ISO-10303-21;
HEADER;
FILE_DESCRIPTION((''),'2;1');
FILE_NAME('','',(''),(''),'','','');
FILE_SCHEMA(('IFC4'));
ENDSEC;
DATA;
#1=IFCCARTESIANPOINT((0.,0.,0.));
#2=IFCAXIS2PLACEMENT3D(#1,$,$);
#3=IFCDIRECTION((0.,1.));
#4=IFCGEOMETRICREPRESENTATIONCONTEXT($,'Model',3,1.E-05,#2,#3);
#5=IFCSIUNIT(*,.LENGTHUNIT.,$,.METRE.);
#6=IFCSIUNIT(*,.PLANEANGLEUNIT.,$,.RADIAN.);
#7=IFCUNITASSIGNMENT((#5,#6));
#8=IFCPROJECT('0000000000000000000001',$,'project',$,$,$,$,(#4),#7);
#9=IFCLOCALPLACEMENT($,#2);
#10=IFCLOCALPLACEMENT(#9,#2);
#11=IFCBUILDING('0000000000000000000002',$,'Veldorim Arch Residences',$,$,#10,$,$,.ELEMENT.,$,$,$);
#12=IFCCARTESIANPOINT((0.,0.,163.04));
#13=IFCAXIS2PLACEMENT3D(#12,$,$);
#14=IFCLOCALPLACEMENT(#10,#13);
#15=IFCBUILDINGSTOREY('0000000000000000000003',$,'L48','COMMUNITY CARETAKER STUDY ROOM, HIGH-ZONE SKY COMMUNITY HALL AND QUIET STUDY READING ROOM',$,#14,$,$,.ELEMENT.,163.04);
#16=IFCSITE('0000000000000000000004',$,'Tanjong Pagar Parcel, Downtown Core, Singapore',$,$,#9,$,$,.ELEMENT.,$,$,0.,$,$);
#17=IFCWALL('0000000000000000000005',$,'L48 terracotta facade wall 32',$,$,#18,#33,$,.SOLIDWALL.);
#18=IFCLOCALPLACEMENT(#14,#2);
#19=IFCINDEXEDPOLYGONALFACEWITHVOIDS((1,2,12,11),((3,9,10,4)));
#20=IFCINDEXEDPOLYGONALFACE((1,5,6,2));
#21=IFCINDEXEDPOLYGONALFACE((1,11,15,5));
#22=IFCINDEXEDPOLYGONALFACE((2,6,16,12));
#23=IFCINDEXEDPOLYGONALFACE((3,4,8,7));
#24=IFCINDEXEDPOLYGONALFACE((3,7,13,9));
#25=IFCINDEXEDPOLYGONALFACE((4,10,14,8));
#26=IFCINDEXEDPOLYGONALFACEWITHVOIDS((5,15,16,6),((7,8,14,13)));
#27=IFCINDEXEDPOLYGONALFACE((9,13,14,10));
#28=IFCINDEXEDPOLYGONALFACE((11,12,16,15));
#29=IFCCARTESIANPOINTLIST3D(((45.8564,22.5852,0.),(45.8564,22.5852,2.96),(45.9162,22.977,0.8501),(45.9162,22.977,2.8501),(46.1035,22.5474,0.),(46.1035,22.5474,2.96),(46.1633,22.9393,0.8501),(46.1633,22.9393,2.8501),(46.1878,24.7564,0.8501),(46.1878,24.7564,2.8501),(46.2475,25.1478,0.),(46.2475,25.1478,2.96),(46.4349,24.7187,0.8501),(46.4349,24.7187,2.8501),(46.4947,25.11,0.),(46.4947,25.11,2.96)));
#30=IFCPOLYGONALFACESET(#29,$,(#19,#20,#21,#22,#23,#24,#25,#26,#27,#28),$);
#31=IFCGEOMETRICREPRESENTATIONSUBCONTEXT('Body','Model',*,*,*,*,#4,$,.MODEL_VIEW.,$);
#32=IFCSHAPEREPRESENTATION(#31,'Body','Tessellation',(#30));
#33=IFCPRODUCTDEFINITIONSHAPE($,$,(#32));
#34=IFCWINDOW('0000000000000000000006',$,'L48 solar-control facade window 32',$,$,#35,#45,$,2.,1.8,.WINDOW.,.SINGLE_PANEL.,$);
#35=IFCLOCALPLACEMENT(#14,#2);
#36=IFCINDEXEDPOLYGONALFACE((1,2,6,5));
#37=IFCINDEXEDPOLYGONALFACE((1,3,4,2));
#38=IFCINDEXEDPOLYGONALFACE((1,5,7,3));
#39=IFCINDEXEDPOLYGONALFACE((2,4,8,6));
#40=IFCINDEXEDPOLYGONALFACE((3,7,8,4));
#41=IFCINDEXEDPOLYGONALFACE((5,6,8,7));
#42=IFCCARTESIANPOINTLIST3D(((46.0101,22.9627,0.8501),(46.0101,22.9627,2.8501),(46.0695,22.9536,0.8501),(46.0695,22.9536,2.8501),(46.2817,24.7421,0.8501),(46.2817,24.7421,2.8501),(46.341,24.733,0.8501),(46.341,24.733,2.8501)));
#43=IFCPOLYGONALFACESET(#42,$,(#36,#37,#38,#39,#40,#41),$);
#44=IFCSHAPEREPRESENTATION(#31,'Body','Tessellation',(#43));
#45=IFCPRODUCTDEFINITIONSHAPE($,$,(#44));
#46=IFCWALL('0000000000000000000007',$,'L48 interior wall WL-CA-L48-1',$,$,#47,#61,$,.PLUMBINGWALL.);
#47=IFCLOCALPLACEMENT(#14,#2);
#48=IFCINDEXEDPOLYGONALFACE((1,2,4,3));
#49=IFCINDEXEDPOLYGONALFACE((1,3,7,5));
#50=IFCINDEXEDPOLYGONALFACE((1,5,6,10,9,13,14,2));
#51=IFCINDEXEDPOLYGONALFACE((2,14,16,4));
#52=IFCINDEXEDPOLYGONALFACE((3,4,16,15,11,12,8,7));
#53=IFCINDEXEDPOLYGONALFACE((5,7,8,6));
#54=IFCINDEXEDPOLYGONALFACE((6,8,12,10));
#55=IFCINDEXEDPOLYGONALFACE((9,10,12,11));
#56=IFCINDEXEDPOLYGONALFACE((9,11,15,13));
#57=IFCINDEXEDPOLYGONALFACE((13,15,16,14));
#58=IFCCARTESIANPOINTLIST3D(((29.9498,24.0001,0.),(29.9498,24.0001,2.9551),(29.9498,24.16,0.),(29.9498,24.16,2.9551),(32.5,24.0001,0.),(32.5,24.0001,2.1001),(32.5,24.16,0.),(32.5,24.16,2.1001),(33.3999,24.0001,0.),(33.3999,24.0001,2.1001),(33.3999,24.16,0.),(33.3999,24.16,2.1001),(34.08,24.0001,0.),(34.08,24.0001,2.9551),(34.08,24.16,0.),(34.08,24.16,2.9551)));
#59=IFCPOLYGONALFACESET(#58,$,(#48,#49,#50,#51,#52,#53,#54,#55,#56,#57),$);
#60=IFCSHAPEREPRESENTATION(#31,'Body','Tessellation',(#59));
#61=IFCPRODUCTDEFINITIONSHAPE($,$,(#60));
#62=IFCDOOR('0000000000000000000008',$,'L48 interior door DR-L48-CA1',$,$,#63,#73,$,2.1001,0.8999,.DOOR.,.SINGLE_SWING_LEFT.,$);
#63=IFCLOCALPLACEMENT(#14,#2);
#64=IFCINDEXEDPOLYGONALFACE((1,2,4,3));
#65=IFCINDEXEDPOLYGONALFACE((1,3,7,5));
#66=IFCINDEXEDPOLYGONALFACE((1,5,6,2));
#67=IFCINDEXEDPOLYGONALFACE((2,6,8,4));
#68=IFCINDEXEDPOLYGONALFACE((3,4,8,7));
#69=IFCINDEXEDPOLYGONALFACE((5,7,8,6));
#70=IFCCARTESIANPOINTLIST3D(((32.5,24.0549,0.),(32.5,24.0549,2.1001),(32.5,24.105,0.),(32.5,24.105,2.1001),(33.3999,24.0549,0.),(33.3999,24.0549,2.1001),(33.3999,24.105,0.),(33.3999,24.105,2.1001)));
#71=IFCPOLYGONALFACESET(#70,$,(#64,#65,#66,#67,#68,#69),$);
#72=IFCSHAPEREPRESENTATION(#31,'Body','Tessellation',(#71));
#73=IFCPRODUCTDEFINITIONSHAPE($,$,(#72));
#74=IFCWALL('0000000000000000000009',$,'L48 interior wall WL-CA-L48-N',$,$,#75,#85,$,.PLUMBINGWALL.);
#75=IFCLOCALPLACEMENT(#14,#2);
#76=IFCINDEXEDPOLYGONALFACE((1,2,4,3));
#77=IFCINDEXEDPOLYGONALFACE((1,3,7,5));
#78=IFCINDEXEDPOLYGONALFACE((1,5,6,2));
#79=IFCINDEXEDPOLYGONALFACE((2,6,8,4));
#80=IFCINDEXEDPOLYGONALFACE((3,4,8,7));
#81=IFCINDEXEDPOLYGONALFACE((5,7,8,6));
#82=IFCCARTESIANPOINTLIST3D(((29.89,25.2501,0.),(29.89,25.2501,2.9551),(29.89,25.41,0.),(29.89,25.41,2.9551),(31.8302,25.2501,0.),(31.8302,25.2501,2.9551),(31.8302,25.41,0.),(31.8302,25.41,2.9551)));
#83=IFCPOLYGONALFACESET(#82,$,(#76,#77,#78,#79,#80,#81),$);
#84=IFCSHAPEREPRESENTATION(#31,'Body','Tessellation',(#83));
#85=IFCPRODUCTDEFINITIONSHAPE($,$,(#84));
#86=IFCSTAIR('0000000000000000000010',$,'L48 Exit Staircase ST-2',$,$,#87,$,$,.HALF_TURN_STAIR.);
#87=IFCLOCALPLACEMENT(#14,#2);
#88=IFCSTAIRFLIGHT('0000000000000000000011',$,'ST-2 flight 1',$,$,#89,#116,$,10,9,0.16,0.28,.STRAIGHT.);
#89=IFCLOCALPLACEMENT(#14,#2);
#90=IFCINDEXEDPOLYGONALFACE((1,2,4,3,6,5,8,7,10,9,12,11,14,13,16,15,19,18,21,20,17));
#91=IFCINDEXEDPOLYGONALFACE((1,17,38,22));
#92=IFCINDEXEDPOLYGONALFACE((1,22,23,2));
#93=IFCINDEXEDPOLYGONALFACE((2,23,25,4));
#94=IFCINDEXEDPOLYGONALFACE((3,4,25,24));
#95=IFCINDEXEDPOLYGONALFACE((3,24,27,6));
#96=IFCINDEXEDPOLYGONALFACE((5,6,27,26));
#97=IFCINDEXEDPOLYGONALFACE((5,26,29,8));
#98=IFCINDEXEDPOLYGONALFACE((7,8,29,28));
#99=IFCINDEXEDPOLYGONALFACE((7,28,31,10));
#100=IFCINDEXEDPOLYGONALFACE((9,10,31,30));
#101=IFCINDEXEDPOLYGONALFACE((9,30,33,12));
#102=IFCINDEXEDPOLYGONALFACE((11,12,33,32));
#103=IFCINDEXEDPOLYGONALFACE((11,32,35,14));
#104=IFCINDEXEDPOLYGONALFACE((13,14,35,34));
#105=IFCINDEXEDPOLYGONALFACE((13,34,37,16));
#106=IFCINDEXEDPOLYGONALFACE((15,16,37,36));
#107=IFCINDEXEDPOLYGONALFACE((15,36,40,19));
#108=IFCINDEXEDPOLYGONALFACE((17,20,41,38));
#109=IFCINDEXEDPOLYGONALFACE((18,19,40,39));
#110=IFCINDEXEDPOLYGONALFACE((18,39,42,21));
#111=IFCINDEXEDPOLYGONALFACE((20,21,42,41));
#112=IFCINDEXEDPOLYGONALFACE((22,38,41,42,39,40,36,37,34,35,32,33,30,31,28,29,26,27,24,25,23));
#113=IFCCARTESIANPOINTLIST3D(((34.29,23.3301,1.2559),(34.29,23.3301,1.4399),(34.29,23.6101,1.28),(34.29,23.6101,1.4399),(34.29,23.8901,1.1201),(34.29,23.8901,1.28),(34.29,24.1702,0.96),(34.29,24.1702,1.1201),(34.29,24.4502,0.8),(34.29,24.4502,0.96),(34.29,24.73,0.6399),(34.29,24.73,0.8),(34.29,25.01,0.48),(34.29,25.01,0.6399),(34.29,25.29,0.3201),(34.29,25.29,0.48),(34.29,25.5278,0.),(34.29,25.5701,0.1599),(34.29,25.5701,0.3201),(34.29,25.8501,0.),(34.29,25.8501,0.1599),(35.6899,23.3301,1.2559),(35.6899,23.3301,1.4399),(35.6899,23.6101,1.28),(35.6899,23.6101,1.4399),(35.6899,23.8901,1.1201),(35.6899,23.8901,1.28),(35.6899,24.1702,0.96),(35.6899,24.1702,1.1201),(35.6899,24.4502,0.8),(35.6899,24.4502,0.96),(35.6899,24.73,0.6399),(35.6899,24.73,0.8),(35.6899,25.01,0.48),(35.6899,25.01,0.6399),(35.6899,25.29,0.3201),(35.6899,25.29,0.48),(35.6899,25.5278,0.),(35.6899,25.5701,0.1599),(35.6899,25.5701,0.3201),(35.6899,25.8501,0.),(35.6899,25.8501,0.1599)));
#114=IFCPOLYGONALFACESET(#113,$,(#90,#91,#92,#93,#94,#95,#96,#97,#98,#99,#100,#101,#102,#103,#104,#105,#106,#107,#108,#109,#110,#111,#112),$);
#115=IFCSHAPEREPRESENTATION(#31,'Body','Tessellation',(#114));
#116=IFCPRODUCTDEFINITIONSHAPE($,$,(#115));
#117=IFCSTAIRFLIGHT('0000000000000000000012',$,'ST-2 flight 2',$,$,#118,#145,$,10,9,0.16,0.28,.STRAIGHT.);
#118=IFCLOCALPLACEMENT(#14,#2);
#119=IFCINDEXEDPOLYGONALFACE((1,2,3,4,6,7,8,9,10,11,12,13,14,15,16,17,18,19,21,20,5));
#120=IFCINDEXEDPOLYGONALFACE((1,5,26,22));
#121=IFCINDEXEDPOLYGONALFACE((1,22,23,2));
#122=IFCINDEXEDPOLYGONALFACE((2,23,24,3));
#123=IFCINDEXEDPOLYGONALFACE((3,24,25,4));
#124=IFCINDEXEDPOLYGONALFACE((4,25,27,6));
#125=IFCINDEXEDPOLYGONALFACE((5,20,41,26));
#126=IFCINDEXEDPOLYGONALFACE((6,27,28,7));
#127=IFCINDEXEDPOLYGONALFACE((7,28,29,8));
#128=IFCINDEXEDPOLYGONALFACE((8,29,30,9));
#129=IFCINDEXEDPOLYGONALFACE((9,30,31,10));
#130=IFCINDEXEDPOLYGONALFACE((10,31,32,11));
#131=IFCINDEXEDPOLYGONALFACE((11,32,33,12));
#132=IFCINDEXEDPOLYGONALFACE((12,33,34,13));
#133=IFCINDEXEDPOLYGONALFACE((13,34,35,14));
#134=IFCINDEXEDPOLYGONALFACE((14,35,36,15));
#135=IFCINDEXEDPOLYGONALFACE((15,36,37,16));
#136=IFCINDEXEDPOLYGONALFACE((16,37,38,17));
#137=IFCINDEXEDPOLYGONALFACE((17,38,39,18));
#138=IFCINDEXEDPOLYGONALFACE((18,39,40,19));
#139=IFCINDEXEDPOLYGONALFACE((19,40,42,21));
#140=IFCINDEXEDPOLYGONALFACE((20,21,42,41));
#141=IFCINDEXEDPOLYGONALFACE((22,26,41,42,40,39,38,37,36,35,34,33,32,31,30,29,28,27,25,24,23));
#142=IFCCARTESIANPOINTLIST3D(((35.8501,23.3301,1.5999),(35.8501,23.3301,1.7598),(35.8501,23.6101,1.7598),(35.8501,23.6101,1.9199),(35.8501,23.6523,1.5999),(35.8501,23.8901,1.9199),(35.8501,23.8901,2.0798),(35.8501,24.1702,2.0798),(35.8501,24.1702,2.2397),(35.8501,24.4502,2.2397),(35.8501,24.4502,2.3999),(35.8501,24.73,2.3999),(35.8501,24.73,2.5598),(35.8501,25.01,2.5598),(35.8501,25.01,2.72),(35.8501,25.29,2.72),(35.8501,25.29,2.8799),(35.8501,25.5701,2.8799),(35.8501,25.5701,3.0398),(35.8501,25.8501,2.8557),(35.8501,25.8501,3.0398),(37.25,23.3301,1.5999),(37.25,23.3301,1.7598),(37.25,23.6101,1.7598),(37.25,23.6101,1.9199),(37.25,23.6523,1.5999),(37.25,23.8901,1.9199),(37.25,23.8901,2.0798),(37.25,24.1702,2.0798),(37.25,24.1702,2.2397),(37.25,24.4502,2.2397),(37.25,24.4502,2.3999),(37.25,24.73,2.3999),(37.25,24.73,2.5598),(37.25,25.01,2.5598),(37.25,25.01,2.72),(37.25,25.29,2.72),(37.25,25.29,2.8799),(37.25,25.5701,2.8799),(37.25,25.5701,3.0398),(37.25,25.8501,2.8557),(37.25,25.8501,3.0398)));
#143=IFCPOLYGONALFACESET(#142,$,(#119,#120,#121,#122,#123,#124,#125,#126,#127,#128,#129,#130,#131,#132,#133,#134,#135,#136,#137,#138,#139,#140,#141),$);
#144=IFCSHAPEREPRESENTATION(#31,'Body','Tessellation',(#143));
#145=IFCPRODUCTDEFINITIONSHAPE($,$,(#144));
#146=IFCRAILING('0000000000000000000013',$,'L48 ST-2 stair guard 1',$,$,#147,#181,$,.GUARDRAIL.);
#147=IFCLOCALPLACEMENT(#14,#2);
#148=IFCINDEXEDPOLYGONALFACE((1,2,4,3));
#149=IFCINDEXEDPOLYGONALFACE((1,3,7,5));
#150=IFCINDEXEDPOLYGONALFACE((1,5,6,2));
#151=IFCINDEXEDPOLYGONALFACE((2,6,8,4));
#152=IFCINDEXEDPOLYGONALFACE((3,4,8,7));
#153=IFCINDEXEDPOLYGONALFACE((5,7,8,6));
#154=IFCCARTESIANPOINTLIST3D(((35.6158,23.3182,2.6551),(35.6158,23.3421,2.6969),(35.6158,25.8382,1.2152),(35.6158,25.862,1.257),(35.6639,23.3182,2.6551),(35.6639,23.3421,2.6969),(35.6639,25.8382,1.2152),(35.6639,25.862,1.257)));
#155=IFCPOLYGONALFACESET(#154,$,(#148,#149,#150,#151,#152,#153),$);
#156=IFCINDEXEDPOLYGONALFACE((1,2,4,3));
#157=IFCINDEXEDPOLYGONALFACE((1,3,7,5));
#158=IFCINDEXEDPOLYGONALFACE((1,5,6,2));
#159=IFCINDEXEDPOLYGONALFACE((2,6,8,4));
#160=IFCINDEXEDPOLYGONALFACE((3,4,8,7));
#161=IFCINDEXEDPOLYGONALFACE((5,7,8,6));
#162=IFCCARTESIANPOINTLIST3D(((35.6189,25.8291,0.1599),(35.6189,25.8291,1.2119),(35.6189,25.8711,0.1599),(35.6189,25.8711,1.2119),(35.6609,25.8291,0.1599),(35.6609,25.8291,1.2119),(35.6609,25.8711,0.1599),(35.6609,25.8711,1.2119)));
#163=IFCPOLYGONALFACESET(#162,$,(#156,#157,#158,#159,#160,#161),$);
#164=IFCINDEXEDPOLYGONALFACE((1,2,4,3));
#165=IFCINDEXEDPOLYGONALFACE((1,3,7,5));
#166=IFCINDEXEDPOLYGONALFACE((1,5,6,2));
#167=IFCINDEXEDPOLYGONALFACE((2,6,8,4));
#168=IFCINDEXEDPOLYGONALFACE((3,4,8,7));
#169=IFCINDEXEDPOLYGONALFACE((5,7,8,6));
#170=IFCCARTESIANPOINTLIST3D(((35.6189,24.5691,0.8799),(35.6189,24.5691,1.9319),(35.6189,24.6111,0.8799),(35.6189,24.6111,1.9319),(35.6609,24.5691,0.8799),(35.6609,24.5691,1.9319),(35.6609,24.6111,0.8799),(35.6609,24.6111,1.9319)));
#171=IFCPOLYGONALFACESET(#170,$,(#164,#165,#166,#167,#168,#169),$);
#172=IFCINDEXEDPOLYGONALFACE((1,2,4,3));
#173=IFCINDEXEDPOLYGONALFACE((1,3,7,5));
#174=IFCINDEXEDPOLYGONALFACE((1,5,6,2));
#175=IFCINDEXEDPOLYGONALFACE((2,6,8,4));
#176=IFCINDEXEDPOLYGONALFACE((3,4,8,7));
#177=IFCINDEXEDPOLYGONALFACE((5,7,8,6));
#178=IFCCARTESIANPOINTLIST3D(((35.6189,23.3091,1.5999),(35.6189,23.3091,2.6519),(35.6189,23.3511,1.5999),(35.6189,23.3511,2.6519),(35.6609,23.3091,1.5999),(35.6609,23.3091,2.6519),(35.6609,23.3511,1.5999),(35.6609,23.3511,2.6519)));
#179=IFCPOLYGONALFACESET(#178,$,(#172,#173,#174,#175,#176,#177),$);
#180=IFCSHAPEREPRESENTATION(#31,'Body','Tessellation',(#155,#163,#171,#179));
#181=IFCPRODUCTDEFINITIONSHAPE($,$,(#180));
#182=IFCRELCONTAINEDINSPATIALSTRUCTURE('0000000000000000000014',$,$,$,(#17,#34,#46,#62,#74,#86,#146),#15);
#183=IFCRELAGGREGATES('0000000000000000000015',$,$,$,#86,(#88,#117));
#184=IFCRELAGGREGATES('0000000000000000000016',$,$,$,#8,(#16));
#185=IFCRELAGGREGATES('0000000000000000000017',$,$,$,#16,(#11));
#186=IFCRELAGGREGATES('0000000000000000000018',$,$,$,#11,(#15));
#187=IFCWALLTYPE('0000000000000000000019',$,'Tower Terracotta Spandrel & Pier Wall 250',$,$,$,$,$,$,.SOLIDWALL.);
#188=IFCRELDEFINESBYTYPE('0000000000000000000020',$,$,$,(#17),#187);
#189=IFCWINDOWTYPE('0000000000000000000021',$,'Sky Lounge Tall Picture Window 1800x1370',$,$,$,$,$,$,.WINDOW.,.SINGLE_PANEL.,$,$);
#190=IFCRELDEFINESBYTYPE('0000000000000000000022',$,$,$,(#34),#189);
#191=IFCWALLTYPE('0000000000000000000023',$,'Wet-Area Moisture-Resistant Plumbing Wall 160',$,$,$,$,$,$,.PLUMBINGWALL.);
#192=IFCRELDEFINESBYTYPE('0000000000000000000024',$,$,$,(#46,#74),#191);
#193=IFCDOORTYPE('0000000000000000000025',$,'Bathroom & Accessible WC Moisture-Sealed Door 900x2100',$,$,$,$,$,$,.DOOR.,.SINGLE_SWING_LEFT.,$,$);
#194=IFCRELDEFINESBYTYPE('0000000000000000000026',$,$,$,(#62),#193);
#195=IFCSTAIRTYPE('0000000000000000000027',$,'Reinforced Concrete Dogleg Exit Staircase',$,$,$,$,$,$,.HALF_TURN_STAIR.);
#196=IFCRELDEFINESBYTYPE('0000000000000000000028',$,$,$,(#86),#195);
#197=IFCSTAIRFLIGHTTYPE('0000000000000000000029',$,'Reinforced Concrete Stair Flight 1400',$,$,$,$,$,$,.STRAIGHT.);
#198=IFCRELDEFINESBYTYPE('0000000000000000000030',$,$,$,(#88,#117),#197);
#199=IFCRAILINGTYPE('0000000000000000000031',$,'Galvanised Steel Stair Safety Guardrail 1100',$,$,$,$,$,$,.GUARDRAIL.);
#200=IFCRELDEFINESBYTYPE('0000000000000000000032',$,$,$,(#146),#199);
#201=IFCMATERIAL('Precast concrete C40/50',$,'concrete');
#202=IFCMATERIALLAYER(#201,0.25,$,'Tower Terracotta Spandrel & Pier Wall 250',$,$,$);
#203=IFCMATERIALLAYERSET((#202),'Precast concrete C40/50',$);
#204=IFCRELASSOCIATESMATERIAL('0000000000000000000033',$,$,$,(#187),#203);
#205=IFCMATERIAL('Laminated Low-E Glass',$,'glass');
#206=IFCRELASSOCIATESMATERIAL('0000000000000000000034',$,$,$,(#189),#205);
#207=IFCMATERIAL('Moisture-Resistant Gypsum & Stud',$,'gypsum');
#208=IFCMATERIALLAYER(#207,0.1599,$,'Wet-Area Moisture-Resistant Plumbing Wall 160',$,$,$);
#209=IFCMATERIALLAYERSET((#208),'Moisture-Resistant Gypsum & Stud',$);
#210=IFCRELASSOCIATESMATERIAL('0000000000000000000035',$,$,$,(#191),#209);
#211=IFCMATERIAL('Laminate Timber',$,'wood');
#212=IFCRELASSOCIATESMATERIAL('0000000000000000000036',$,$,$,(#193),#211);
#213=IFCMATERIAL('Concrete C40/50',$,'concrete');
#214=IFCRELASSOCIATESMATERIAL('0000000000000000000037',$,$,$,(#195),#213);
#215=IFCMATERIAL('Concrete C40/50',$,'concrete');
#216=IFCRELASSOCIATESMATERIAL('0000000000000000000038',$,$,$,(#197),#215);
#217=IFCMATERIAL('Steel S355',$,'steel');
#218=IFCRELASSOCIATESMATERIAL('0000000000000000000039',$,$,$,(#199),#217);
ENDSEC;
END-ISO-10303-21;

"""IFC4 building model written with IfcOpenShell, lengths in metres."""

from ifc_helpers import new_model, si_unit, direction, frame, frame_2d, origin, origin_2d, place, context, subcontext, project, spatial, polyline, rectangle, outline, extrude, material, layer, layer_set, type_object, element, fill, aggregate, save


model = new_model("IFC4")

# Units and contexts
model_context = context("Model", 3, precision=1e-05, world=origin(), true_north=direction((0.0, 1.0)))
body_context = subcontext(model_context, "Body", "Model", "MODEL_VIEW")
ifc_project = project(units=[si_unit("LENGTHUNIT", "METRE"), si_unit("PLANEANGLEUNIT", "RADIAN")], contexts=[model_context])

# Site, building, storey
site_placement = place(None, origin())
site = spatial("IfcSite", under=ifc_project, at=site_placement, Name="Tanjong Pagar Parcel, Downtown Core, Singapore", CompositionType="ELEMENT", RefElevation=0.0)
building_placement = place(site_placement, origin())
building = spatial("IfcBuilding", under=site, at=building_placement, Name="Veldorim Arch Residences", CompositionType="ELEMENT")
storey_placement = place(building_placement, frame((0.0, 0.0, 163.04)))
storey = spatial("IfcBuildingStorey", under=building, at=storey_placement, Name="L48", Description="COMMUNITY CARETAKER STUDY ROOM, HIGH-ZONE SKY COMMUNITY HALL AND QUIET STUDY READING ROOM", CompositionType="ELEMENT", Elevation=163.04)

# Shared definitions
ifc_material_1 = material(Name="Precast concrete C40/50", Category="concrete")
ifc_layer_1 = layer(ifc_material_1, 0.25, Name="Tower Terracotta Spandrel & Pier Wall 250")
ifc_layer_set_1 = layer_set([ifc_layer_1], Name="Precast concrete C40/50")
wall_type_1 = type_object("IfcWallType", Name="Tower Terracotta Spandrel & Pier Wall 250", PredefinedType="SOLIDWALL", material=ifc_layer_set_1)

# Shared definitions
ifc_material_2 = material(Name="Laminated Low-E Glass", Category="glass")
window_type = type_object("IfcWindowType", Name="Sky Lounge Tall Picture Window 1800x1370", PartitioningType="SINGLE_PANEL", PredefinedType="WINDOW", material=ifc_material_2)

# Wall, opening, window
wall_1_placement = place(storey_placement, frame((46.3711, 25.1289, 0.0), z_axis=(0.0, 0.0, 1.0), x_axis=(-0.150882, -0.988552, 0.0)))
wall_1 = element("IfcWall", 1, at=wall_1_placement, inside=storey, type_object=wall_type_1, Name="L48 terracotta facade wall 32", PredefinedType="SOLIDWALL", context=body_context, shape_type="SweptSolid", body=[
    extrude(rectangle(XDim=2.5923, YDim=0.25, at=frame_2d((1.2961, 0.0))), origin(), (0.0, 0.0, 1.0), 2.96),
])
opening_1_placement = place(wall_1_placement, frame((0.396, 0.0, 0.8501)))
opening_1 = element("IfcOpeningElement", 2, at=opening_1_placement, cuts=wall_1, PredefinedType="OPENING", context=body_context, shape_type="SweptSolid", body=[
    extrude(rectangle(XDim=1.8, YDim=2.0, at=frame_2d((0.8999, 1.0))), frame((0.0, 0.135, 0.0), z_axis=(0.0, -1.0, 0.0), x_axis=(1.0, 0.0, 0.0)), (0.0, 0.0, 1.0), 0.27),
])
window_1_placement = place(opening_1_placement, origin())
window_1 = element("IfcWindow", 3, at=window_1_placement, inside=storey, type_object=window_type, Name="L48 solar-control facade window 32", OverallHeight=2.0, OverallWidth=1.8, PartitioningType="SINGLE_PANEL", PredefinedType="WINDOW", context=body_context, shape_type="SweptSolid", body=[
    extrude(rectangle(XDim=1.8, YDim=2.0, at=frame_2d((0.8999, 1.0))), frame((0.0, 0.03, 0.0), z_axis=(0.0, -1.0, 0.0), x_axis=(1.0, 0.0, 0.0)), (0.0, 0.0, 1.0), 0.0601),
])
fill(opening_1, window_1)

# Wall, opening, door
ifc_material_3 = material(Name="Moisture-Resistant Gypsum & Stud", Category="gypsum")
ifc_layer_2 = layer(ifc_material_3, 0.1599, Name="Wet-Area Moisture-Resistant Plumbing Wall 160")
ifc_layer_set_2 = layer_set([ifc_layer_2], Name="Moisture-Resistant Gypsum & Stud")
wall_type_2 = type_object("IfcWallType", Name="Wet-Area Moisture-Resistant Plumbing Wall 160", PredefinedType="PLUMBINGWALL", material=ifc_layer_set_2)
wall_2_placement = place(storey_placement, frame((29.95, 24.0801, 0.0), z_axis=(0.0, 0.0, 1.0), x_axis=(1.0, 0.0, 0.0)))
wall_2 = element("IfcWall", 4, at=wall_2_placement, inside=storey, type_object=wall_type_2, Name="L48 interior wall WL-CA-L48-1", PredefinedType="PLUMBINGWALL", context=body_context, shape_type="SweptSolid", body=[
    extrude(rectangle(XDim=4.1301, YDim=0.1599, at=frame_2d((2.0649, 0.0))), origin(), (0.0, 0.0, 1.0), 2.9551),
])
opening_2_placement = place(wall_2_placement, frame((2.55, 0.0, 0.0)))
opening_2 = element("IfcOpeningElement", 5, at=opening_2_placement, cuts=wall_2, PredefinedType="OPENING", context=body_context, shape_type="SweptSolid", body=[
    extrude(rectangle(XDim=0.8999, YDim=2.1001, at=frame_2d((0.45, 1.05))), frame((0.0, 0.0898, 0.0), z_axis=(0.0, -1.0, 0.0), x_axis=(1.0, 0.0, 0.0)), (0.0, 0.0, 1.0), 0.1799),
])
ifc_material_4 = material(Name="Laminate Timber", Category="wood")
door_type_1 = type_object("IfcDoorType", Name="Bathroom & Accessible WC Moisture-Sealed Door 900x2100", OperationType="SINGLE_SWING_LEFT", PredefinedType="DOOR", material=ifc_material_4)
door_1_placement = place(opening_2_placement, origin())
door_1 = element("IfcDoor", 6, at=door_1_placement, inside=storey, type_object=door_type_1, Name="L48 interior door DR-L48-CA1", OperationType="SINGLE_SWING_LEFT", OverallHeight=2.1001, OverallWidth=0.8999, PredefinedType="DOOR", context=body_context, shape_type="SweptSolid", body=[
    extrude(rectangle(XDim=0.8999, YDim=2.1001, at=frame_2d((0.45, 1.05))), frame((0.0, 0.0249, 0.0), z_axis=(0.0, -1.0, 0.0), x_axis=(1.0, 0.0, 0.0)), (0.0, 0.0, 1.0), 0.05),
])
fill(opening_2, door_1)

# Wall
wall_3_placement = place(storey_placement, frame((29.8899, 25.3301, 0.0), z_axis=(0.0, 0.0, 1.0), x_axis=(1.0, 0.0, 0.0)))
element("IfcWall", 7, at=wall_3_placement, inside=storey, type_object=wall_type_2, Name="L48 interior wall WL-CA-L48-N", PredefinedType="PLUMBINGWALL", context=body_context, shape_type="SweptSolid", body=[
    extrude(rectangle(XDim=1.9402, YDim=0.1599, at=frame_2d((0.9702, 0.0))), origin(), (0.0, 0.0, 1.0), 2.9551),
])

# Stair, stair flights
ifc_material_5 = material(Name="Concrete C40/50", Category="concrete")
stair_type = type_object("IfcStairType", Name="Reinforced Concrete Dogleg Exit Staircase", PredefinedType="HALF_TURN_STAIR", material=ifc_material_5)
stair_placement = place(storey_placement, origin())
stair = element("IfcStair", 8, at=stair_placement, inside=storey, type_object=stair_type, Name="L48 Exit Staircase ST-2", PredefinedType="HALF_TURN_STAIR")
ifc_material_6 = material(Name="Concrete C40/50", Category="concrete")
stair_flight_type = type_object("IfcStairFlightType", Name="Reinforced Concrete Stair Flight 1400", PredefinedType="STRAIGHT", material=ifc_material_6)
stair_flight_1_placement = place(storey_placement, frame((34.99, 25.8501, 0.0), z_axis=(0.0, 0.0, 1.0), x_axis=(0.0, -1.0, 0.0)))
stair_flight_1 = element("IfcStairFlight", 9, at=stair_flight_1_placement, type_object=stair_flight_type, Name="ST-2 flight 1", NumberOfRisers=10, NumberOfTreads=9, PredefinedType="STRAIGHT", RiserHeight=0.16, TreadLength=0.28, context=body_context, shape_type="SweptSolid", body=[
    extrude(outline(polyline([(0.0, 0.0), (0.0, 0.1599), (0.28, 0.1599), (0.28, 0.3201), (0.5601, 0.3201), (0.5601, 0.48), (0.8401, 0.48), (0.8401, 0.6399), (1.1201, 0.6399), (1.1201, 0.8), (1.3999, 0.8), (1.3999, 0.96), (1.6799, 0.96), (1.6799, 1.1201), (1.96, 1.1201), (1.96, 1.28), (2.24, 1.28), (2.24, 1.4399), (2.52, 1.4399), (2.52, 1.6001), (2.52, 1.2559), (0.3223, 0.0), (0.0, 0.0)])), frame((0.0, 0.7, 0.0), z_axis=(0.0, -1.0, 0.0), x_axis=(1.0, 0.0, 0.0)), (0.0, 0.0, 1.0), 1.3999),
])
stair_flight_2_placement = place(storey_placement, frame((36.55, 23.3301, 1.5999), z_axis=(0.0, 0.0, 1.0), x_axis=(0.0, 1.0, 0.0)))
stair_flight_2 = element("IfcStairFlight", 10, at=stair_flight_2_placement, type_object=stair_flight_type, Name="ST-2 flight 2", NumberOfRisers=10, NumberOfTreads=9, PredefinedType="STRAIGHT", RiserHeight=0.16, TreadLength=0.28, context=body_context, shape_type="SweptSolid", body=[
    extrude(outline(polyline([(0.0, 0.0), (0.0, 0.1599), (0.28, 0.1599), (0.28, 0.3201), (0.5601, 0.3201), (0.5601, 0.48), (0.8401, 0.48), (0.8401, 0.6399), (1.1201, 0.6399), (1.1201, 0.8), (1.3999, 0.8), (1.3999, 0.96), (1.6799, 0.96), (1.6799, 1.1201), (1.96, 1.1201), (1.96, 1.28), (2.24, 1.28), (2.24, 1.4399), (2.52, 1.4399), (2.52, 1.6001), (2.52, 1.2559), (0.3223, 0.0), (0.0, 0.0)])), frame((0.0, 0.7, 0.0), z_axis=(0.0, -1.0, 0.0), x_axis=(1.0, 0.0, 0.0)), (0.0, 0.0, 1.0), 1.3999),
])
aggregate(stair, [stair_flight_1, stair_flight_2])

# Railing
ifc_material_7 = material(Name="Steel S355", Category="steel")
railing_type_1 = type_object("IfcRailingType", Name="Galvanised Steel Stair Safety Guardrail 1100", PredefinedType="GUARDRAIL", material=ifc_material_7)
railing_1_placement = place(storey_placement, frame((35.6399, 25.8501, 0.1599)))
element("IfcRailing", 11, at=railing_1_placement, inside=storey, type_object=railing_type_1, Name="L48 ST-2 stair guard 1", PredefinedType="GUARDRAIL", context=body_context, shape_type="SweptSolid", body=[
    extrude(rectangle(XDim=0.0481, YDim=0.0481, at=origin_2d()), frame((0.0, 0.0, 1.0762), z_axis=(0.0, -0.868253, 0.496121), x_axis=(1.0, 0.0, 0.0)), (0.0, 0.0, 1.0), 2.9023),
    extrude(rectangle(XDim=0.042, YDim=0.042, at=origin_2d()), origin(), (0.0, 0.0, 1.0), 1.052),
    extrude(rectangle(XDim=0.042, YDim=0.042, at=origin_2d()), frame((0.0, -1.26, 0.72)), (0.0, 0.0, 1.0), 1.052),
    extrude(rectangle(XDim=0.042, YDim=0.042, at=origin_2d()), frame((0.0, -2.52, 1.4399)), (0.0, 0.0, 1.0), 1.052),
])

save(model, "model.ifc")
